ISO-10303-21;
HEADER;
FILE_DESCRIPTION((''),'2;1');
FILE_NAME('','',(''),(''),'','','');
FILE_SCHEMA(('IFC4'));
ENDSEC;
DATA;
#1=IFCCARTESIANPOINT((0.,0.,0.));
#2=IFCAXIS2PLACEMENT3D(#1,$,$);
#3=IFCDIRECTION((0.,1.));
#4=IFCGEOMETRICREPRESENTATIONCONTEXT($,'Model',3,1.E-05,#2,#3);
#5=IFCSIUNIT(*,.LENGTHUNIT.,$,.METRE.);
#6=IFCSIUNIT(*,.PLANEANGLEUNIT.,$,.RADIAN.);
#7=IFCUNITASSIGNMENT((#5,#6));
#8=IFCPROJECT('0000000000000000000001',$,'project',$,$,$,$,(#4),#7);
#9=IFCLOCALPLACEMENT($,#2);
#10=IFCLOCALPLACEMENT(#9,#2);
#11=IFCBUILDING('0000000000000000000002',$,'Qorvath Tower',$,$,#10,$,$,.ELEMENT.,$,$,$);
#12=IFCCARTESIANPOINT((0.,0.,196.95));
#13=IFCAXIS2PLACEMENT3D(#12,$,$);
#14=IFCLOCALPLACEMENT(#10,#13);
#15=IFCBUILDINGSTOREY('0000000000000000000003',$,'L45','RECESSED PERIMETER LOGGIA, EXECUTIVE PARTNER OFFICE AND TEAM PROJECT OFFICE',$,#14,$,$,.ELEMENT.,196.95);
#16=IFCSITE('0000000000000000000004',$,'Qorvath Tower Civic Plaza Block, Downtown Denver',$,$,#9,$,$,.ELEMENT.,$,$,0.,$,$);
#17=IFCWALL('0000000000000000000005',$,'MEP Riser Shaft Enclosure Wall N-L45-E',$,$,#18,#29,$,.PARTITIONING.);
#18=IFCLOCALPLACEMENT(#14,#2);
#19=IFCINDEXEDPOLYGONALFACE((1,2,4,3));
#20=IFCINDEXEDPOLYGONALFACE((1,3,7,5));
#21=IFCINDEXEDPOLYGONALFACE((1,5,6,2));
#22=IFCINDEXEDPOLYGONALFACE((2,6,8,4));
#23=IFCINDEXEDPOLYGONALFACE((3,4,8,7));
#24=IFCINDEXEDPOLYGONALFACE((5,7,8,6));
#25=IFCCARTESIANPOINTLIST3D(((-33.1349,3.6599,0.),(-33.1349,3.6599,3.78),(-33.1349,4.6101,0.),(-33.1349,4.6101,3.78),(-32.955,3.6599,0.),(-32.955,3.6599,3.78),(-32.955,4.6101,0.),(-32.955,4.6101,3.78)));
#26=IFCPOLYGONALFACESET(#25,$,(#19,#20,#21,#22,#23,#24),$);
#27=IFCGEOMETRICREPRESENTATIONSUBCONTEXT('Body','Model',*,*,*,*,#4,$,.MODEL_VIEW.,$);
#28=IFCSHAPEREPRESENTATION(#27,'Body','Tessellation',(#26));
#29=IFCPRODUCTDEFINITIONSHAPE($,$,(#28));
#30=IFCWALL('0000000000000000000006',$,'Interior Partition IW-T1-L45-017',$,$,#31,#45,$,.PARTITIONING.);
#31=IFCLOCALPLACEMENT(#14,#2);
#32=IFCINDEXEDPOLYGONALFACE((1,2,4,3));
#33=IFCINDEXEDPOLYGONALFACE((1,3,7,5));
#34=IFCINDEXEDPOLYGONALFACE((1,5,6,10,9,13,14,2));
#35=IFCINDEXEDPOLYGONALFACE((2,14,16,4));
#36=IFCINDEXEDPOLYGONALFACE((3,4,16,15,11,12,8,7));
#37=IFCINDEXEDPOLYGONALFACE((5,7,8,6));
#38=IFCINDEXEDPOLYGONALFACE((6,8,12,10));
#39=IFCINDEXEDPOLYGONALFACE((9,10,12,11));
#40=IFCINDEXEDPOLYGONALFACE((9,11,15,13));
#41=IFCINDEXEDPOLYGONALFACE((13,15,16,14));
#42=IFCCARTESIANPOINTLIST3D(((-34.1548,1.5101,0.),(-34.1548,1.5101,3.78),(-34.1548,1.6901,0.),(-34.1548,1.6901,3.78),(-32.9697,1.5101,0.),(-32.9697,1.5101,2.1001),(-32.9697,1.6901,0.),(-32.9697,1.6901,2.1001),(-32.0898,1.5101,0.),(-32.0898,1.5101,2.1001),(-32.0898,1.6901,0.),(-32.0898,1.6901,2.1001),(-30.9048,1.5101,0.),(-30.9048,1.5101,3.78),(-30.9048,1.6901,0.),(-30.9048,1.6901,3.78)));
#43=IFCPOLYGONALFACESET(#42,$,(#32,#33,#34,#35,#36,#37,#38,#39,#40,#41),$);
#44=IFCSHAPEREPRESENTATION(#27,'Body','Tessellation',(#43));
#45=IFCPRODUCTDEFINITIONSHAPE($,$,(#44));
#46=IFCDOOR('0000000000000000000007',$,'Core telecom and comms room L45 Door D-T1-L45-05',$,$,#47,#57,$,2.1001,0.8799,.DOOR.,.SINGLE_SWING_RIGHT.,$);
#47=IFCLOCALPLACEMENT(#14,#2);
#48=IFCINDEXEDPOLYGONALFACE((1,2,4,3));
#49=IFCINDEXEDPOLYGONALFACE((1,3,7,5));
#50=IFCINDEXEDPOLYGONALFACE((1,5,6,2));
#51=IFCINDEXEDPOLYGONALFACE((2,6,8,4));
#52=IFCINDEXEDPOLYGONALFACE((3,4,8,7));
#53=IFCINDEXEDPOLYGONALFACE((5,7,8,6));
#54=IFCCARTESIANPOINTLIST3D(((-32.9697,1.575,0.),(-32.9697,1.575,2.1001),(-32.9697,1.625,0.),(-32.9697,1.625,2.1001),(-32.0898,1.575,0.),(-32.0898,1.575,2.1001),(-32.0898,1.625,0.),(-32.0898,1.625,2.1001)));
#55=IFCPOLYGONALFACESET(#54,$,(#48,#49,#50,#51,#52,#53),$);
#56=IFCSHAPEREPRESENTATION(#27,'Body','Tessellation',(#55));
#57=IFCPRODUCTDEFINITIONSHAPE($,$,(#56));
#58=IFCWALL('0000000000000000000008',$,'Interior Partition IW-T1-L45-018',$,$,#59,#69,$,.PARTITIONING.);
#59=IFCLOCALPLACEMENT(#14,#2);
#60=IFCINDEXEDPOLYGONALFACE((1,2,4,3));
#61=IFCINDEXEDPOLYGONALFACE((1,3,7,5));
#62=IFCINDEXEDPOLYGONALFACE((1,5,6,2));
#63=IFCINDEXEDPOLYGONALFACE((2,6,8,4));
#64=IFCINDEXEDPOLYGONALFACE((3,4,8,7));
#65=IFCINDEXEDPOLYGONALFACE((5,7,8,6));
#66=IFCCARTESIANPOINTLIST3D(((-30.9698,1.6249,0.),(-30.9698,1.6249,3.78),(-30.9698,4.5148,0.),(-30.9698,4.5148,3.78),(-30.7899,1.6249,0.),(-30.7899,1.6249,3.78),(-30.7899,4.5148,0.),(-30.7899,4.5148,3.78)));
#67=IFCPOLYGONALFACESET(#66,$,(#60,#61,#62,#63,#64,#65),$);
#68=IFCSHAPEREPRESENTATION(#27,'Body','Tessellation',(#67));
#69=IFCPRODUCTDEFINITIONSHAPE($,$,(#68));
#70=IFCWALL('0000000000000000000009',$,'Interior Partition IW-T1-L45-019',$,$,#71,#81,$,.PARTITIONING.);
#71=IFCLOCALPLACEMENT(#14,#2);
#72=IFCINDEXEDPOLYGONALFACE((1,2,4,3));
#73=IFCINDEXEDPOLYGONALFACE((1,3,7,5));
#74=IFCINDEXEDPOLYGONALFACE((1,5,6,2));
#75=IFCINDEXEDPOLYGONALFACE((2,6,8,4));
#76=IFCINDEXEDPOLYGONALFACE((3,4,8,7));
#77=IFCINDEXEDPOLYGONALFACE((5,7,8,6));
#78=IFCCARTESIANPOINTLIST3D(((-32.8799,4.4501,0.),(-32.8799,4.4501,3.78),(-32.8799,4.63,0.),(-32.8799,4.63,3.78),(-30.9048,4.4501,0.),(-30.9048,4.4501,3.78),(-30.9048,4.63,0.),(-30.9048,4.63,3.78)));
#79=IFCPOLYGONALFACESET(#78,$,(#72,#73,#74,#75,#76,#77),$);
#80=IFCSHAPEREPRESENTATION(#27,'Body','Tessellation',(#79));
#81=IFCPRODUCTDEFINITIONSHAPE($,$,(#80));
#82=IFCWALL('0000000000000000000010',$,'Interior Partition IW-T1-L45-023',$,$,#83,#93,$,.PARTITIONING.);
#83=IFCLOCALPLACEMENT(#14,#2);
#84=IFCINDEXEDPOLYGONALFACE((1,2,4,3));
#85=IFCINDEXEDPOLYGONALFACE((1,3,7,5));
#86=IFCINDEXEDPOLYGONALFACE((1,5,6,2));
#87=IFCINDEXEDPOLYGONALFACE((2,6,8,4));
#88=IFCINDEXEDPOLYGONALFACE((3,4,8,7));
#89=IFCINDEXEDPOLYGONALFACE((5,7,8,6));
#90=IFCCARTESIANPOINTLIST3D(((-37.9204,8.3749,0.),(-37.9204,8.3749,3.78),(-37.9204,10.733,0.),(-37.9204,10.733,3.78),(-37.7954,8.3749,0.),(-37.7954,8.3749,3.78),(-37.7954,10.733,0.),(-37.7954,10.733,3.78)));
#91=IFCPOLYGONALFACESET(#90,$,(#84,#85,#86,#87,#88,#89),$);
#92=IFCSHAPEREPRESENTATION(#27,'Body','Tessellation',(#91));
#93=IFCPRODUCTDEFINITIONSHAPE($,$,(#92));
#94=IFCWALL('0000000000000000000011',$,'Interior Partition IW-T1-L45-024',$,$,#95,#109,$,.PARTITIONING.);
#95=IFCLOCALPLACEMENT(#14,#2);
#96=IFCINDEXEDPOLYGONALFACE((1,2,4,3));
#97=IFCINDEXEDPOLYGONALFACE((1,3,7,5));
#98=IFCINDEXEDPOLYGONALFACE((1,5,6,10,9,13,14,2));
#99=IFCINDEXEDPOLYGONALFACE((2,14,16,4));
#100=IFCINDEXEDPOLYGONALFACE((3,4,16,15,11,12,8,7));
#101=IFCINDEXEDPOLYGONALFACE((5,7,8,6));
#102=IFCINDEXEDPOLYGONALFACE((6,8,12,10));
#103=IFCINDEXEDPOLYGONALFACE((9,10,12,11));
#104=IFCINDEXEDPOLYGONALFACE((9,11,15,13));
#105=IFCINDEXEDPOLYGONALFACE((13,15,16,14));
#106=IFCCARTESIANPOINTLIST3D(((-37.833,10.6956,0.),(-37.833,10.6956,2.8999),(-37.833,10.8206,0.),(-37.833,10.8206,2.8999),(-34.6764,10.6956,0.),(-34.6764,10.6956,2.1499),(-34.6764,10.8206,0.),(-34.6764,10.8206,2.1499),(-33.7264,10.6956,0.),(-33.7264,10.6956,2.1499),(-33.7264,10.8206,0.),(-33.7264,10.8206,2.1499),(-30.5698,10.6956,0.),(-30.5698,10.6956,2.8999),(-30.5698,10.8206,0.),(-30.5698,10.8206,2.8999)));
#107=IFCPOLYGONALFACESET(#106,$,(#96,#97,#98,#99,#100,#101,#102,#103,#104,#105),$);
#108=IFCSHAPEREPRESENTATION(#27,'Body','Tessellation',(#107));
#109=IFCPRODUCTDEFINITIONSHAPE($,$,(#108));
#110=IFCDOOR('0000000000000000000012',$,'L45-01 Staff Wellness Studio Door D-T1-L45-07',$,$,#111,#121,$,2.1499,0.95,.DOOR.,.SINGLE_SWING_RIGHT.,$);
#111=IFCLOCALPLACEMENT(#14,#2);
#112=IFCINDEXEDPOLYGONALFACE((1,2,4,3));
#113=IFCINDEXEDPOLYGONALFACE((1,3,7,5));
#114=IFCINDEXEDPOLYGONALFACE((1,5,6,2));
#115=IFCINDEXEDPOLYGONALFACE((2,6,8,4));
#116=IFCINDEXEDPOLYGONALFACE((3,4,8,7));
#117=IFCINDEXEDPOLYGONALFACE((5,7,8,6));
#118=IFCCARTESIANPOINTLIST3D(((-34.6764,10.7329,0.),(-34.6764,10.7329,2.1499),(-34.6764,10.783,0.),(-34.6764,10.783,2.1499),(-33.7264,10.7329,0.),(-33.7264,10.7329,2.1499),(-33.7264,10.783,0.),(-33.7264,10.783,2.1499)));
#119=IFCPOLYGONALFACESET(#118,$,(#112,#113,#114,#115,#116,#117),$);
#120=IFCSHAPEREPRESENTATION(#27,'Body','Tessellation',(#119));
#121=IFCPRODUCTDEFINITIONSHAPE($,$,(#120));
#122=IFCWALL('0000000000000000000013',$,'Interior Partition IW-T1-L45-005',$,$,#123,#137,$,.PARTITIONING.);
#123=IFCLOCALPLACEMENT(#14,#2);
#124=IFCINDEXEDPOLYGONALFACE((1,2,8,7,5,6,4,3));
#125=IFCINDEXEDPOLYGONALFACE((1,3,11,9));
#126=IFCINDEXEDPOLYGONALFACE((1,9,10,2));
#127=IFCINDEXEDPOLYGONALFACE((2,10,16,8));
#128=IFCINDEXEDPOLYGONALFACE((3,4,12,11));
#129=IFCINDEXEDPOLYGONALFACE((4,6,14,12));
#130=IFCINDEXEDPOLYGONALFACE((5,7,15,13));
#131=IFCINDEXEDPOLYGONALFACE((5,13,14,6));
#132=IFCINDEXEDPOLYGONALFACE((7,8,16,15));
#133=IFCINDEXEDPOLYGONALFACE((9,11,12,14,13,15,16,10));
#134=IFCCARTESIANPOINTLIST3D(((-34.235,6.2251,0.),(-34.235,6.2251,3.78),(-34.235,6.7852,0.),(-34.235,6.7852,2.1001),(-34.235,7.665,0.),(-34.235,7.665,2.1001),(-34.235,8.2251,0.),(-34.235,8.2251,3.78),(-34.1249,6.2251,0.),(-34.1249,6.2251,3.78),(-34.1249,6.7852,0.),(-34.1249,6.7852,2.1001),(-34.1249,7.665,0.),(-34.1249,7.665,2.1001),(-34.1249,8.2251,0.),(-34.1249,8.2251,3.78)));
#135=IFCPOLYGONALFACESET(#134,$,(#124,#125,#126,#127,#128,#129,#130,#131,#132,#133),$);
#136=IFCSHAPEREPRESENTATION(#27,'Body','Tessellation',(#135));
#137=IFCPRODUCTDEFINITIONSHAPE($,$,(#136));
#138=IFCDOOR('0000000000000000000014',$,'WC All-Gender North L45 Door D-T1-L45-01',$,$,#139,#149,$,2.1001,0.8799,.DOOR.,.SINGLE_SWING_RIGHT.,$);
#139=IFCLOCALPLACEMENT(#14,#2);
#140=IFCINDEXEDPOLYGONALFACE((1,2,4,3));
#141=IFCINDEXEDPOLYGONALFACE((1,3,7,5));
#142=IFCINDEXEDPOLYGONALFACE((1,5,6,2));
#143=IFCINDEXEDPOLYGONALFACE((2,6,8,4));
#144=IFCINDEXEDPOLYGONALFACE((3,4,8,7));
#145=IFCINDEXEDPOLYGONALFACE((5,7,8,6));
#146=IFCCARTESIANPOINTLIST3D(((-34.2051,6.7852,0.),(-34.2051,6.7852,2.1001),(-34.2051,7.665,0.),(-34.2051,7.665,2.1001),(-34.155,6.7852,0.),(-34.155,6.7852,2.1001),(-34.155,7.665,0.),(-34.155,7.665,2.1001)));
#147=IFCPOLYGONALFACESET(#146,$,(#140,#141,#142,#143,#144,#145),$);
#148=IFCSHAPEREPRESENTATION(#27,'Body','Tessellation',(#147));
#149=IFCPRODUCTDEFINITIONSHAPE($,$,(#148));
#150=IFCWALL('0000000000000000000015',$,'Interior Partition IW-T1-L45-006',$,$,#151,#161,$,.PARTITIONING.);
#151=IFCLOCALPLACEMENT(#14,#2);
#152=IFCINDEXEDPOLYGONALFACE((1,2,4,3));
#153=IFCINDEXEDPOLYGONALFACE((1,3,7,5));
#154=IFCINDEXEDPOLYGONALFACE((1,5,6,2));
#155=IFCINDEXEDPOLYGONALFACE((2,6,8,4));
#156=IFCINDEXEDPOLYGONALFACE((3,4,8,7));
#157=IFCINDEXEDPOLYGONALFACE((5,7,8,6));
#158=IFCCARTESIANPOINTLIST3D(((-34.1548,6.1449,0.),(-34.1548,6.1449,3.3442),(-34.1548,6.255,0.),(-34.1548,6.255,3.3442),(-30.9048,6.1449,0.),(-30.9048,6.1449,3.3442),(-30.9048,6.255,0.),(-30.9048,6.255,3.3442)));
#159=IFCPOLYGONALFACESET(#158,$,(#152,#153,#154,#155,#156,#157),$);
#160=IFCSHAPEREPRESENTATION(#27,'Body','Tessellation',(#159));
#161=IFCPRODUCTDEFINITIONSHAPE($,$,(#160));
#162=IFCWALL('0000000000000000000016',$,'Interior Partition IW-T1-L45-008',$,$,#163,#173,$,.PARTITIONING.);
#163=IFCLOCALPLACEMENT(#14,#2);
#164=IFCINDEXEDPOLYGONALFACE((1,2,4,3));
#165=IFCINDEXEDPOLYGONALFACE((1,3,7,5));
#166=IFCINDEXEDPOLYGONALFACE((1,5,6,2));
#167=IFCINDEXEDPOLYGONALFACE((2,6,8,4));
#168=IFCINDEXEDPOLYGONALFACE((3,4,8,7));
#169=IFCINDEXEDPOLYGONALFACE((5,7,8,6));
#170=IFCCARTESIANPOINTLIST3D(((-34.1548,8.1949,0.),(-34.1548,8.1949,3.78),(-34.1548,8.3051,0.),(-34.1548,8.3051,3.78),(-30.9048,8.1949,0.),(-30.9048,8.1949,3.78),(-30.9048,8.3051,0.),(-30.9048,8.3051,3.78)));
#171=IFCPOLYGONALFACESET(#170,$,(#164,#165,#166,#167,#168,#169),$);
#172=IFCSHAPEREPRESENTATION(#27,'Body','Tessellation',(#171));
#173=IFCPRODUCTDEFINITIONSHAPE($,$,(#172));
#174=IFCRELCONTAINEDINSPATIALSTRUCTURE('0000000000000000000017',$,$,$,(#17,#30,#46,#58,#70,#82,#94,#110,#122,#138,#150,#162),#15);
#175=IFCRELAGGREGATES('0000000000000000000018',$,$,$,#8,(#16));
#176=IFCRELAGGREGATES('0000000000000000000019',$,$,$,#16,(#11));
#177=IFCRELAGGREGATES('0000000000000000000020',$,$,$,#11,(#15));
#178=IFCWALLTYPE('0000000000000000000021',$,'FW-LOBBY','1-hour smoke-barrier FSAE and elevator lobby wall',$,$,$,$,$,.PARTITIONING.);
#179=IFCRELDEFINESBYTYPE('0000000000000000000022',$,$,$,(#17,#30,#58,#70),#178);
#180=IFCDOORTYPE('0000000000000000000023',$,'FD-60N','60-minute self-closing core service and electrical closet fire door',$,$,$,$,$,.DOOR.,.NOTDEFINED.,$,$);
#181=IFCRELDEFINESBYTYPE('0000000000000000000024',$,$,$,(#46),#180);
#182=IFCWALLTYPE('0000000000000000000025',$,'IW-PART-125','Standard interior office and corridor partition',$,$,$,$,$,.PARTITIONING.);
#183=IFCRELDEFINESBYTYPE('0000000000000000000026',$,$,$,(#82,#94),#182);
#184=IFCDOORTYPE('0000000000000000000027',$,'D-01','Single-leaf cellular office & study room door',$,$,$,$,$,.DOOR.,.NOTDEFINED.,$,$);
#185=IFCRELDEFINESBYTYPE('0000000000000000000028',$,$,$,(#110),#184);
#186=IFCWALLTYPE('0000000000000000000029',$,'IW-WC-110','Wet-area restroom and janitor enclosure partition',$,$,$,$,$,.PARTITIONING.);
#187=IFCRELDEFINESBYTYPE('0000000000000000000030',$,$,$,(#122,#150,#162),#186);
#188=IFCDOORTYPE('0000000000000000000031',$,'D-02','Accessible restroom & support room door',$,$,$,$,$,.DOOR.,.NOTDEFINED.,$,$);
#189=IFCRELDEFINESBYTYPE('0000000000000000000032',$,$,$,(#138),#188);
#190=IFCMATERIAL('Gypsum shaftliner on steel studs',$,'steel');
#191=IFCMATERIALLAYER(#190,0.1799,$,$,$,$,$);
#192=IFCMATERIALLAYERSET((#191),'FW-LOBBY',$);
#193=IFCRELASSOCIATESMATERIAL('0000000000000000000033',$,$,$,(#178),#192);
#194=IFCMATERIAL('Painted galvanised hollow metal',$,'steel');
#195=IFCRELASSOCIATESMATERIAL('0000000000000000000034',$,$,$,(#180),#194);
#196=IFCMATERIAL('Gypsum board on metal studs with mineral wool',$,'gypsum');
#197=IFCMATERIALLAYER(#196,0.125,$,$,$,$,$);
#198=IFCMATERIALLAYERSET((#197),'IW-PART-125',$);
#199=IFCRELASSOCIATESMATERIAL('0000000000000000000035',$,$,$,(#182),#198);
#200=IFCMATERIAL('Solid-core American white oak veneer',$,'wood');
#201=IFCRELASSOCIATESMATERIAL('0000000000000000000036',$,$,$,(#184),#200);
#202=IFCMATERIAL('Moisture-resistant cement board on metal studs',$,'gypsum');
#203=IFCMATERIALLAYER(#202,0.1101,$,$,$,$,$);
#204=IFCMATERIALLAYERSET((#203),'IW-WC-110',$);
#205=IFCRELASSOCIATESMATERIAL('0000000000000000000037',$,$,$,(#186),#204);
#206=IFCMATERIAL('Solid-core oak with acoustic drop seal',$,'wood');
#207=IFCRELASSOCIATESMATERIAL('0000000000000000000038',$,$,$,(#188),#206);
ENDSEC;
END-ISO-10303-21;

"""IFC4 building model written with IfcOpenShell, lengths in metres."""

from ifc_helpers import new_model, si_unit, direction, frame, frame_2d, origin, place, context, subcontext, project, spatial, rectangle, extrude, material, layer, layer_set, type_object, element, fill, save


model = new_model("IFC4")

# Units and contexts
model_context = context("Model", 3, precision=1e-05, world=origin(), true_north=direction((0.0, 1.0)))
body_context = subcontext(model_context, "Body", "Model", "MODEL_VIEW")
ifc_project = project(units=[si_unit("LENGTHUNIT", "METRE"), si_unit("PLANEANGLEUNIT", "RADIAN")], contexts=[model_context])

# Site, building, storey
site_placement = place(None, origin())
site = spatial("IfcSite", under=ifc_project, at=site_placement, Name="Qorvath Tower Civic Plaza Block, Downtown Denver", CompositionType="ELEMENT", RefElevation=0.0)
building_placement = place(site_placement, origin())
building = spatial("IfcBuilding", under=site, at=building_placement, Name="Qorvath Tower", CompositionType="ELEMENT")
storey_placement = place(building_placement, frame((0.0, 0.0, 196.95)))
storey = spatial("IfcBuildingStorey", under=building, at=storey_placement, Name="L45", Description="RECESSED PERIMETER LOGGIA, EXECUTIVE PARTNER OFFICE AND TEAM PROJECT OFFICE", CompositionType="ELEMENT", Elevation=196.95)

# Wall
ifc_material_1 = material(Name="Gypsum shaftliner on steel studs", Category="steel")
ifc_layer_1 = layer(ifc_material_1, 0.1799)
ifc_layer_set_1 = layer_set([ifc_layer_1], Name="FW-LOBBY")
wall_type_1 = type_object("IfcWallType", Name="FW-LOBBY", Description="1-hour smoke-barrier FSAE and elevator lobby wall", PredefinedType="PARTITIONING", material=ifc_layer_set_1)
for number, where, z_axis, x_axis, name in (
    (1, (-33.0449, 4.6101, 0.0), (0.0, 0.0, 1.0), (0.0, -1.0, 0.0), "MEP Riser Shaft Enclosure Wall N-L45-E"),
):
    element("IfcWall", number, at=place(storey_placement, frame(where, z_axis=z_axis, x_axis=x_axis)), inside=storey, type_object=wall_type_1, Name=name, PredefinedType="PARTITIONING", context=body_context, shape_type="SweptSolid", body=[
        extrude(rectangle(XDim=0.9502, YDim=0.1799, at=frame_2d((0.4751, 0.0))), origin(), (0.0, 0.0, 1.0), 3.78),
    ])

# Wall, opening, door
wall_1_placement = place(storey_placement, frame((-34.1548, 1.6001, 0.0), z_axis=(0.0, 0.0, 1.0), x_axis=(1.0, 0.0, 0.0)))
wall_1 = element("IfcWall", 2, at=wall_1_placement, inside=storey, type_object=wall_type_1, Name="Interior Partition IW-T1-L45-017", PredefinedType="PARTITIONING", context=body_context, shape_type="SweptSolid", body=[
    extrude(rectangle(XDim=3.25, YDim=0.1799, at=frame_2d((1.625, 0.0))), origin(), (0.0, 0.0, 1.0), 3.78),
])
opening_1_placement = place(wall_1_placement, frame((1.1851, 0.0, 0.0)))
opening_1 = element("IfcOpeningElement", 3, at=opening_1_placement, cuts=wall_1, PredefinedType="OPENING", context=body_context, shape_type="SweptSolid", body=[
    extrude(rectangle(XDim=0.8799, YDim=2.1001, at=frame_2d((0.4399, 1.05))), frame((0.0, 0.1001, 0.0), z_axis=(0.0, -1.0, 0.0), x_axis=(1.0, 0.0, 0.0)), (0.0, 0.0, 1.0), 0.2),
])
ifc_material_2 = material(Name="Painted galvanised hollow metal", Category="steel")
door_type_1 = type_object("IfcDoorType", Name="FD-60N", Description="60-minute self-closing core service and electrical closet fire door", OperationType="NOTDEFINED", PredefinedType="DOOR", material=ifc_material_2)
door_1_placement = place(opening_1_placement, origin())
door_1 = element("IfcDoor", 4, at=door_1_placement, inside=storey, type_object=door_type_1, Name="Core telecom and comms room L45 Door D-T1-L45-05", OperationType="SINGLE_SWING_RIGHT", OverallHeight=2.1001, OverallWidth=0.8799, PredefinedType="DOOR", context=body_context, shape_type="SweptSolid", body=[
    extrude(rectangle(XDim=0.8799, YDim=2.1001, at=frame_2d((0.4399, 1.05))), frame((0.0, 0.0249, 0.0), z_axis=(0.0, -1.0, 0.0), x_axis=(1.0, 0.0, 0.0)), (0.0, 0.0, 1.0), 0.05),
])
fill(opening_1, door_1)

# Walls
wall_2_placement = place(storey_placement, frame((-30.8799, 1.625, 0.0), z_axis=(0.0, 0.0, 1.0), x_axis=(0.0, 1.0, 0.0)))
element("IfcWall", 5, at=wall_2_placement, inside=storey, type_object=wall_type_1, Name="Interior Partition IW-T1-L45-018", PredefinedType="PARTITIONING", context=body_context, shape_type="SweptSolid", body=[
    extrude(rectangle(XDim=2.8899, YDim=0.1799, at=frame_2d((1.4448, 0.0))), origin(), (0.0, 0.0, 1.0), 3.78),
])
wall_3_placement = place(storey_placement, frame((-30.9048, 4.54, 0.0), z_axis=(0.0, 0.0, 1.0), x_axis=(-1.0, 0.0, 0.0)))
element("IfcWall", 6, at=wall_3_placement, inside=storey, type_object=wall_type_1, Name="Interior Partition IW-T1-L45-019", PredefinedType="PARTITIONING", context=body_context, shape_type="SweptSolid", body=[
    extrude(rectangle(XDim=1.9751, YDim=0.1799, at=frame_2d((0.9875, 0.0))), origin(), (0.0, 0.0, 1.0), 3.78),
])
ifc_material_3 = material(Name="Gypsum board on metal studs with mineral wool", Category="gypsum")
ifc_layer_2 = layer(ifc_material_3, 0.125)
ifc_layer_set_2 = layer_set([ifc_layer_2], Name="IW-PART-125")
wall_type_2 = type_object("IfcWallType", Name="IW-PART-125", Description="Standard interior office and corridor partition", PredefinedType="PARTITIONING", material=ifc_layer_set_2)
wall_4_placement = place(storey_placement, frame((-37.8579, 10.7332, 0.0), z_axis=(0.0, 0.0, 1.0), x_axis=(0.0, -1.0, 0.0)))
element("IfcWall", 7, at=wall_4_placement, inside=storey, type_object=wall_type_2, Name="Interior Partition IW-T1-L45-023", PredefinedType="PARTITIONING", context=body_context, shape_type="SweptSolid", body=[
    extrude(rectangle(XDim=2.3582, YDim=0.125, at=frame_2d((1.1792, 0.0))), origin(), (0.0, 0.0, 1.0), 3.78),
])

# Walls, openings, doors
wall_5_placement = place(storey_placement, frame((-37.833, 10.7581, 0.0), z_axis=(0.0, 0.0, 1.0), x_axis=(1.0, 0.0, 0.0)))
wall_5 = element("IfcWall", 8, at=wall_5_placement, inside=storey, type_object=wall_type_2, Name="Interior Partition IW-T1-L45-024", PredefinedType="PARTITIONING", context=body_context, shape_type="SweptSolid", body=[
    extrude(rectangle(XDim=7.2632, YDim=0.125, at=frame_2d((3.6316, 0.0))), origin(), (0.0, 0.0, 1.0), 2.8999),
])
opening_2_placement = place(wall_5_placement, frame((3.1565, 0.0, 0.0)))
opening_2 = element("IfcOpeningElement", 9, at=opening_2_placement, cuts=wall_5, PredefinedType="OPENING", context=body_context, shape_type="SweptSolid", body=[
    extrude(rectangle(XDim=0.95, YDim=2.1499, at=frame_2d((0.4751, 1.075))), frame((0.0, 0.0725, 0.0), z_axis=(0.0, -1.0, 0.0), x_axis=(1.0, 0.0, 0.0)), (0.0, 0.0, 1.0), 0.145),
])
ifc_material_4 = material(Name="Solid-core American white oak veneer", Category="wood")
door_type_2 = type_object("IfcDoorType", Name="D-01", Description="Single-leaf cellular office & study room door", OperationType="NOTDEFINED", PredefinedType="DOOR", material=ifc_material_4)
door_2_placement = place(opening_2_placement, origin())
door_2 = element("IfcDoor", 10, at=door_2_placement, inside=storey, type_object=door_type_2, Name="L45-01 Staff Wellness Studio Door D-T1-L45-07", OperationType="SINGLE_SWING_RIGHT", OverallHeight=2.1499, OverallWidth=0.95, PredefinedType="DOOR", context=body_context, shape_type="SweptSolid", body=[
    extrude(rectangle(XDim=0.95, YDim=2.1499, at=frame_2d((0.4751, 1.075))), frame((0.0, 0.0249, 0.0), z_axis=(0.0, -1.0, 0.0), x_axis=(1.0, 0.0, 0.0)), (0.0, 0.0, 1.0), 0.05),
])
fill(opening_2, door_2)
ifc_material_5 = material(Name="Moisture-resistant cement board on metal studs", Category="gypsum")
ifc_layer_3 = layer(ifc_material_5, 0.1101)
ifc_layer_set_3 = layer_set([ifc_layer_3], Name="IW-WC-110")
wall_type_3 = type_object("IfcWallType", Name="IW-WC-110", Description="Wet-area restroom and janitor enclosure partition", PredefinedType="PARTITIONING", material=ifc_layer_set_3)
wall_6_placement = place(storey_placement, frame((-34.1799, 8.2251, 0.0), z_axis=(0.0, 0.0, 1.0), x_axis=(0.0, -1.0, 0.0)))
wall_6 = element("IfcWall", 11, at=wall_6_placement, inside=storey, type_object=wall_type_3, Name="Interior Partition IW-T1-L45-005", PredefinedType="PARTITIONING", context=body_context, shape_type="SweptSolid", body=[
    extrude(rectangle(XDim=2.0, YDim=0.1101, at=frame_2d((1.0, 0.0))), origin(), (0.0, 0.0, 1.0), 3.78),
])
opening_3_placement = place(wall_6_placement, frame((0.5601, 0.0, 0.0)))
opening_3 = element("IfcOpeningElement", 12, at=opening_3_placement, cuts=wall_6, PredefinedType="OPENING", context=body_context, shape_type="SweptSolid", body=[
    extrude(rectangle(XDim=0.8799, YDim=2.1001, at=frame_2d((0.4399, 1.05))), frame((0.0, 0.0649, 0.0), z_axis=(0.0, -1.0, 0.0), x_axis=(1.0, 0.0, 0.0)), (0.0, 0.0, 1.0), 0.1301),
])
ifc_material_6 = material(Name="Solid-core oak with acoustic drop seal", Category="wood")
door_type_3 = type_object("IfcDoorType", Name="D-02", Description="Accessible restroom & support room door", OperationType="NOTDEFINED", PredefinedType="DOOR", material=ifc_material_6)
door_3_placement = place(opening_3_placement, origin())
door_3 = element("IfcDoor", 13, at=door_3_placement, inside=storey, type_object=door_type_3, Name="WC All-Gender North L45 Door D-T1-L45-01", OperationType="SINGLE_SWING_RIGHT", OverallHeight=2.1001, OverallWidth=0.8799, PredefinedType="DOOR", context=body_context, shape_type="SweptSolid", body=[
    extrude(rectangle(XDim=0.8799, YDim=2.1001, at=frame_2d((0.4399, 1.05))), frame((0.0, 0.0249, 0.0), z_axis=(0.0, -1.0, 0.0), x_axis=(1.0, 0.0, 0.0)), (0.0, 0.0, 1.0), 0.05),
])
fill(opening_3, door_3)

# Walls
wall_7_placement = place(storey_placement, frame((-34.1548, 6.2, 0.0), z_axis=(0.0, 0.0, 1.0), x_axis=(1.0, 0.0, 0.0)))
element("IfcWall", 14, at=wall_7_placement, inside=storey, type_object=wall_type_3, Name="Interior Partition IW-T1-L45-006", PredefinedType="PARTITIONING", context=body_context, shape_type="SweptSolid", body=[
    extrude(rectangle(XDim=3.25, YDim=0.1101, at=frame_2d((1.625, 0.0))), origin(), (0.0, 0.0, 1.0), 3.3442),
])
wall_8_placement = place(storey_placement, frame((-30.9048, 8.25, 0.0), z_axis=(0.0, 0.0, 1.0), x_axis=(-1.0, 0.0, 0.0)))
element("IfcWall", 15, at=wall_8_placement, inside=storey, type_object=wall_type_3, Name="Interior Partition IW-T1-L45-008", PredefinedType="PARTITIONING", context=body_context, shape_type="SweptSolid", body=[
    extrude(rectangle(XDim=3.25, YDim=0.1101, at=frame_2d((1.625, 0.0))), origin(), (0.0, 0.0, 1.0), 3.78),
])

save(model, "model.ifc")
